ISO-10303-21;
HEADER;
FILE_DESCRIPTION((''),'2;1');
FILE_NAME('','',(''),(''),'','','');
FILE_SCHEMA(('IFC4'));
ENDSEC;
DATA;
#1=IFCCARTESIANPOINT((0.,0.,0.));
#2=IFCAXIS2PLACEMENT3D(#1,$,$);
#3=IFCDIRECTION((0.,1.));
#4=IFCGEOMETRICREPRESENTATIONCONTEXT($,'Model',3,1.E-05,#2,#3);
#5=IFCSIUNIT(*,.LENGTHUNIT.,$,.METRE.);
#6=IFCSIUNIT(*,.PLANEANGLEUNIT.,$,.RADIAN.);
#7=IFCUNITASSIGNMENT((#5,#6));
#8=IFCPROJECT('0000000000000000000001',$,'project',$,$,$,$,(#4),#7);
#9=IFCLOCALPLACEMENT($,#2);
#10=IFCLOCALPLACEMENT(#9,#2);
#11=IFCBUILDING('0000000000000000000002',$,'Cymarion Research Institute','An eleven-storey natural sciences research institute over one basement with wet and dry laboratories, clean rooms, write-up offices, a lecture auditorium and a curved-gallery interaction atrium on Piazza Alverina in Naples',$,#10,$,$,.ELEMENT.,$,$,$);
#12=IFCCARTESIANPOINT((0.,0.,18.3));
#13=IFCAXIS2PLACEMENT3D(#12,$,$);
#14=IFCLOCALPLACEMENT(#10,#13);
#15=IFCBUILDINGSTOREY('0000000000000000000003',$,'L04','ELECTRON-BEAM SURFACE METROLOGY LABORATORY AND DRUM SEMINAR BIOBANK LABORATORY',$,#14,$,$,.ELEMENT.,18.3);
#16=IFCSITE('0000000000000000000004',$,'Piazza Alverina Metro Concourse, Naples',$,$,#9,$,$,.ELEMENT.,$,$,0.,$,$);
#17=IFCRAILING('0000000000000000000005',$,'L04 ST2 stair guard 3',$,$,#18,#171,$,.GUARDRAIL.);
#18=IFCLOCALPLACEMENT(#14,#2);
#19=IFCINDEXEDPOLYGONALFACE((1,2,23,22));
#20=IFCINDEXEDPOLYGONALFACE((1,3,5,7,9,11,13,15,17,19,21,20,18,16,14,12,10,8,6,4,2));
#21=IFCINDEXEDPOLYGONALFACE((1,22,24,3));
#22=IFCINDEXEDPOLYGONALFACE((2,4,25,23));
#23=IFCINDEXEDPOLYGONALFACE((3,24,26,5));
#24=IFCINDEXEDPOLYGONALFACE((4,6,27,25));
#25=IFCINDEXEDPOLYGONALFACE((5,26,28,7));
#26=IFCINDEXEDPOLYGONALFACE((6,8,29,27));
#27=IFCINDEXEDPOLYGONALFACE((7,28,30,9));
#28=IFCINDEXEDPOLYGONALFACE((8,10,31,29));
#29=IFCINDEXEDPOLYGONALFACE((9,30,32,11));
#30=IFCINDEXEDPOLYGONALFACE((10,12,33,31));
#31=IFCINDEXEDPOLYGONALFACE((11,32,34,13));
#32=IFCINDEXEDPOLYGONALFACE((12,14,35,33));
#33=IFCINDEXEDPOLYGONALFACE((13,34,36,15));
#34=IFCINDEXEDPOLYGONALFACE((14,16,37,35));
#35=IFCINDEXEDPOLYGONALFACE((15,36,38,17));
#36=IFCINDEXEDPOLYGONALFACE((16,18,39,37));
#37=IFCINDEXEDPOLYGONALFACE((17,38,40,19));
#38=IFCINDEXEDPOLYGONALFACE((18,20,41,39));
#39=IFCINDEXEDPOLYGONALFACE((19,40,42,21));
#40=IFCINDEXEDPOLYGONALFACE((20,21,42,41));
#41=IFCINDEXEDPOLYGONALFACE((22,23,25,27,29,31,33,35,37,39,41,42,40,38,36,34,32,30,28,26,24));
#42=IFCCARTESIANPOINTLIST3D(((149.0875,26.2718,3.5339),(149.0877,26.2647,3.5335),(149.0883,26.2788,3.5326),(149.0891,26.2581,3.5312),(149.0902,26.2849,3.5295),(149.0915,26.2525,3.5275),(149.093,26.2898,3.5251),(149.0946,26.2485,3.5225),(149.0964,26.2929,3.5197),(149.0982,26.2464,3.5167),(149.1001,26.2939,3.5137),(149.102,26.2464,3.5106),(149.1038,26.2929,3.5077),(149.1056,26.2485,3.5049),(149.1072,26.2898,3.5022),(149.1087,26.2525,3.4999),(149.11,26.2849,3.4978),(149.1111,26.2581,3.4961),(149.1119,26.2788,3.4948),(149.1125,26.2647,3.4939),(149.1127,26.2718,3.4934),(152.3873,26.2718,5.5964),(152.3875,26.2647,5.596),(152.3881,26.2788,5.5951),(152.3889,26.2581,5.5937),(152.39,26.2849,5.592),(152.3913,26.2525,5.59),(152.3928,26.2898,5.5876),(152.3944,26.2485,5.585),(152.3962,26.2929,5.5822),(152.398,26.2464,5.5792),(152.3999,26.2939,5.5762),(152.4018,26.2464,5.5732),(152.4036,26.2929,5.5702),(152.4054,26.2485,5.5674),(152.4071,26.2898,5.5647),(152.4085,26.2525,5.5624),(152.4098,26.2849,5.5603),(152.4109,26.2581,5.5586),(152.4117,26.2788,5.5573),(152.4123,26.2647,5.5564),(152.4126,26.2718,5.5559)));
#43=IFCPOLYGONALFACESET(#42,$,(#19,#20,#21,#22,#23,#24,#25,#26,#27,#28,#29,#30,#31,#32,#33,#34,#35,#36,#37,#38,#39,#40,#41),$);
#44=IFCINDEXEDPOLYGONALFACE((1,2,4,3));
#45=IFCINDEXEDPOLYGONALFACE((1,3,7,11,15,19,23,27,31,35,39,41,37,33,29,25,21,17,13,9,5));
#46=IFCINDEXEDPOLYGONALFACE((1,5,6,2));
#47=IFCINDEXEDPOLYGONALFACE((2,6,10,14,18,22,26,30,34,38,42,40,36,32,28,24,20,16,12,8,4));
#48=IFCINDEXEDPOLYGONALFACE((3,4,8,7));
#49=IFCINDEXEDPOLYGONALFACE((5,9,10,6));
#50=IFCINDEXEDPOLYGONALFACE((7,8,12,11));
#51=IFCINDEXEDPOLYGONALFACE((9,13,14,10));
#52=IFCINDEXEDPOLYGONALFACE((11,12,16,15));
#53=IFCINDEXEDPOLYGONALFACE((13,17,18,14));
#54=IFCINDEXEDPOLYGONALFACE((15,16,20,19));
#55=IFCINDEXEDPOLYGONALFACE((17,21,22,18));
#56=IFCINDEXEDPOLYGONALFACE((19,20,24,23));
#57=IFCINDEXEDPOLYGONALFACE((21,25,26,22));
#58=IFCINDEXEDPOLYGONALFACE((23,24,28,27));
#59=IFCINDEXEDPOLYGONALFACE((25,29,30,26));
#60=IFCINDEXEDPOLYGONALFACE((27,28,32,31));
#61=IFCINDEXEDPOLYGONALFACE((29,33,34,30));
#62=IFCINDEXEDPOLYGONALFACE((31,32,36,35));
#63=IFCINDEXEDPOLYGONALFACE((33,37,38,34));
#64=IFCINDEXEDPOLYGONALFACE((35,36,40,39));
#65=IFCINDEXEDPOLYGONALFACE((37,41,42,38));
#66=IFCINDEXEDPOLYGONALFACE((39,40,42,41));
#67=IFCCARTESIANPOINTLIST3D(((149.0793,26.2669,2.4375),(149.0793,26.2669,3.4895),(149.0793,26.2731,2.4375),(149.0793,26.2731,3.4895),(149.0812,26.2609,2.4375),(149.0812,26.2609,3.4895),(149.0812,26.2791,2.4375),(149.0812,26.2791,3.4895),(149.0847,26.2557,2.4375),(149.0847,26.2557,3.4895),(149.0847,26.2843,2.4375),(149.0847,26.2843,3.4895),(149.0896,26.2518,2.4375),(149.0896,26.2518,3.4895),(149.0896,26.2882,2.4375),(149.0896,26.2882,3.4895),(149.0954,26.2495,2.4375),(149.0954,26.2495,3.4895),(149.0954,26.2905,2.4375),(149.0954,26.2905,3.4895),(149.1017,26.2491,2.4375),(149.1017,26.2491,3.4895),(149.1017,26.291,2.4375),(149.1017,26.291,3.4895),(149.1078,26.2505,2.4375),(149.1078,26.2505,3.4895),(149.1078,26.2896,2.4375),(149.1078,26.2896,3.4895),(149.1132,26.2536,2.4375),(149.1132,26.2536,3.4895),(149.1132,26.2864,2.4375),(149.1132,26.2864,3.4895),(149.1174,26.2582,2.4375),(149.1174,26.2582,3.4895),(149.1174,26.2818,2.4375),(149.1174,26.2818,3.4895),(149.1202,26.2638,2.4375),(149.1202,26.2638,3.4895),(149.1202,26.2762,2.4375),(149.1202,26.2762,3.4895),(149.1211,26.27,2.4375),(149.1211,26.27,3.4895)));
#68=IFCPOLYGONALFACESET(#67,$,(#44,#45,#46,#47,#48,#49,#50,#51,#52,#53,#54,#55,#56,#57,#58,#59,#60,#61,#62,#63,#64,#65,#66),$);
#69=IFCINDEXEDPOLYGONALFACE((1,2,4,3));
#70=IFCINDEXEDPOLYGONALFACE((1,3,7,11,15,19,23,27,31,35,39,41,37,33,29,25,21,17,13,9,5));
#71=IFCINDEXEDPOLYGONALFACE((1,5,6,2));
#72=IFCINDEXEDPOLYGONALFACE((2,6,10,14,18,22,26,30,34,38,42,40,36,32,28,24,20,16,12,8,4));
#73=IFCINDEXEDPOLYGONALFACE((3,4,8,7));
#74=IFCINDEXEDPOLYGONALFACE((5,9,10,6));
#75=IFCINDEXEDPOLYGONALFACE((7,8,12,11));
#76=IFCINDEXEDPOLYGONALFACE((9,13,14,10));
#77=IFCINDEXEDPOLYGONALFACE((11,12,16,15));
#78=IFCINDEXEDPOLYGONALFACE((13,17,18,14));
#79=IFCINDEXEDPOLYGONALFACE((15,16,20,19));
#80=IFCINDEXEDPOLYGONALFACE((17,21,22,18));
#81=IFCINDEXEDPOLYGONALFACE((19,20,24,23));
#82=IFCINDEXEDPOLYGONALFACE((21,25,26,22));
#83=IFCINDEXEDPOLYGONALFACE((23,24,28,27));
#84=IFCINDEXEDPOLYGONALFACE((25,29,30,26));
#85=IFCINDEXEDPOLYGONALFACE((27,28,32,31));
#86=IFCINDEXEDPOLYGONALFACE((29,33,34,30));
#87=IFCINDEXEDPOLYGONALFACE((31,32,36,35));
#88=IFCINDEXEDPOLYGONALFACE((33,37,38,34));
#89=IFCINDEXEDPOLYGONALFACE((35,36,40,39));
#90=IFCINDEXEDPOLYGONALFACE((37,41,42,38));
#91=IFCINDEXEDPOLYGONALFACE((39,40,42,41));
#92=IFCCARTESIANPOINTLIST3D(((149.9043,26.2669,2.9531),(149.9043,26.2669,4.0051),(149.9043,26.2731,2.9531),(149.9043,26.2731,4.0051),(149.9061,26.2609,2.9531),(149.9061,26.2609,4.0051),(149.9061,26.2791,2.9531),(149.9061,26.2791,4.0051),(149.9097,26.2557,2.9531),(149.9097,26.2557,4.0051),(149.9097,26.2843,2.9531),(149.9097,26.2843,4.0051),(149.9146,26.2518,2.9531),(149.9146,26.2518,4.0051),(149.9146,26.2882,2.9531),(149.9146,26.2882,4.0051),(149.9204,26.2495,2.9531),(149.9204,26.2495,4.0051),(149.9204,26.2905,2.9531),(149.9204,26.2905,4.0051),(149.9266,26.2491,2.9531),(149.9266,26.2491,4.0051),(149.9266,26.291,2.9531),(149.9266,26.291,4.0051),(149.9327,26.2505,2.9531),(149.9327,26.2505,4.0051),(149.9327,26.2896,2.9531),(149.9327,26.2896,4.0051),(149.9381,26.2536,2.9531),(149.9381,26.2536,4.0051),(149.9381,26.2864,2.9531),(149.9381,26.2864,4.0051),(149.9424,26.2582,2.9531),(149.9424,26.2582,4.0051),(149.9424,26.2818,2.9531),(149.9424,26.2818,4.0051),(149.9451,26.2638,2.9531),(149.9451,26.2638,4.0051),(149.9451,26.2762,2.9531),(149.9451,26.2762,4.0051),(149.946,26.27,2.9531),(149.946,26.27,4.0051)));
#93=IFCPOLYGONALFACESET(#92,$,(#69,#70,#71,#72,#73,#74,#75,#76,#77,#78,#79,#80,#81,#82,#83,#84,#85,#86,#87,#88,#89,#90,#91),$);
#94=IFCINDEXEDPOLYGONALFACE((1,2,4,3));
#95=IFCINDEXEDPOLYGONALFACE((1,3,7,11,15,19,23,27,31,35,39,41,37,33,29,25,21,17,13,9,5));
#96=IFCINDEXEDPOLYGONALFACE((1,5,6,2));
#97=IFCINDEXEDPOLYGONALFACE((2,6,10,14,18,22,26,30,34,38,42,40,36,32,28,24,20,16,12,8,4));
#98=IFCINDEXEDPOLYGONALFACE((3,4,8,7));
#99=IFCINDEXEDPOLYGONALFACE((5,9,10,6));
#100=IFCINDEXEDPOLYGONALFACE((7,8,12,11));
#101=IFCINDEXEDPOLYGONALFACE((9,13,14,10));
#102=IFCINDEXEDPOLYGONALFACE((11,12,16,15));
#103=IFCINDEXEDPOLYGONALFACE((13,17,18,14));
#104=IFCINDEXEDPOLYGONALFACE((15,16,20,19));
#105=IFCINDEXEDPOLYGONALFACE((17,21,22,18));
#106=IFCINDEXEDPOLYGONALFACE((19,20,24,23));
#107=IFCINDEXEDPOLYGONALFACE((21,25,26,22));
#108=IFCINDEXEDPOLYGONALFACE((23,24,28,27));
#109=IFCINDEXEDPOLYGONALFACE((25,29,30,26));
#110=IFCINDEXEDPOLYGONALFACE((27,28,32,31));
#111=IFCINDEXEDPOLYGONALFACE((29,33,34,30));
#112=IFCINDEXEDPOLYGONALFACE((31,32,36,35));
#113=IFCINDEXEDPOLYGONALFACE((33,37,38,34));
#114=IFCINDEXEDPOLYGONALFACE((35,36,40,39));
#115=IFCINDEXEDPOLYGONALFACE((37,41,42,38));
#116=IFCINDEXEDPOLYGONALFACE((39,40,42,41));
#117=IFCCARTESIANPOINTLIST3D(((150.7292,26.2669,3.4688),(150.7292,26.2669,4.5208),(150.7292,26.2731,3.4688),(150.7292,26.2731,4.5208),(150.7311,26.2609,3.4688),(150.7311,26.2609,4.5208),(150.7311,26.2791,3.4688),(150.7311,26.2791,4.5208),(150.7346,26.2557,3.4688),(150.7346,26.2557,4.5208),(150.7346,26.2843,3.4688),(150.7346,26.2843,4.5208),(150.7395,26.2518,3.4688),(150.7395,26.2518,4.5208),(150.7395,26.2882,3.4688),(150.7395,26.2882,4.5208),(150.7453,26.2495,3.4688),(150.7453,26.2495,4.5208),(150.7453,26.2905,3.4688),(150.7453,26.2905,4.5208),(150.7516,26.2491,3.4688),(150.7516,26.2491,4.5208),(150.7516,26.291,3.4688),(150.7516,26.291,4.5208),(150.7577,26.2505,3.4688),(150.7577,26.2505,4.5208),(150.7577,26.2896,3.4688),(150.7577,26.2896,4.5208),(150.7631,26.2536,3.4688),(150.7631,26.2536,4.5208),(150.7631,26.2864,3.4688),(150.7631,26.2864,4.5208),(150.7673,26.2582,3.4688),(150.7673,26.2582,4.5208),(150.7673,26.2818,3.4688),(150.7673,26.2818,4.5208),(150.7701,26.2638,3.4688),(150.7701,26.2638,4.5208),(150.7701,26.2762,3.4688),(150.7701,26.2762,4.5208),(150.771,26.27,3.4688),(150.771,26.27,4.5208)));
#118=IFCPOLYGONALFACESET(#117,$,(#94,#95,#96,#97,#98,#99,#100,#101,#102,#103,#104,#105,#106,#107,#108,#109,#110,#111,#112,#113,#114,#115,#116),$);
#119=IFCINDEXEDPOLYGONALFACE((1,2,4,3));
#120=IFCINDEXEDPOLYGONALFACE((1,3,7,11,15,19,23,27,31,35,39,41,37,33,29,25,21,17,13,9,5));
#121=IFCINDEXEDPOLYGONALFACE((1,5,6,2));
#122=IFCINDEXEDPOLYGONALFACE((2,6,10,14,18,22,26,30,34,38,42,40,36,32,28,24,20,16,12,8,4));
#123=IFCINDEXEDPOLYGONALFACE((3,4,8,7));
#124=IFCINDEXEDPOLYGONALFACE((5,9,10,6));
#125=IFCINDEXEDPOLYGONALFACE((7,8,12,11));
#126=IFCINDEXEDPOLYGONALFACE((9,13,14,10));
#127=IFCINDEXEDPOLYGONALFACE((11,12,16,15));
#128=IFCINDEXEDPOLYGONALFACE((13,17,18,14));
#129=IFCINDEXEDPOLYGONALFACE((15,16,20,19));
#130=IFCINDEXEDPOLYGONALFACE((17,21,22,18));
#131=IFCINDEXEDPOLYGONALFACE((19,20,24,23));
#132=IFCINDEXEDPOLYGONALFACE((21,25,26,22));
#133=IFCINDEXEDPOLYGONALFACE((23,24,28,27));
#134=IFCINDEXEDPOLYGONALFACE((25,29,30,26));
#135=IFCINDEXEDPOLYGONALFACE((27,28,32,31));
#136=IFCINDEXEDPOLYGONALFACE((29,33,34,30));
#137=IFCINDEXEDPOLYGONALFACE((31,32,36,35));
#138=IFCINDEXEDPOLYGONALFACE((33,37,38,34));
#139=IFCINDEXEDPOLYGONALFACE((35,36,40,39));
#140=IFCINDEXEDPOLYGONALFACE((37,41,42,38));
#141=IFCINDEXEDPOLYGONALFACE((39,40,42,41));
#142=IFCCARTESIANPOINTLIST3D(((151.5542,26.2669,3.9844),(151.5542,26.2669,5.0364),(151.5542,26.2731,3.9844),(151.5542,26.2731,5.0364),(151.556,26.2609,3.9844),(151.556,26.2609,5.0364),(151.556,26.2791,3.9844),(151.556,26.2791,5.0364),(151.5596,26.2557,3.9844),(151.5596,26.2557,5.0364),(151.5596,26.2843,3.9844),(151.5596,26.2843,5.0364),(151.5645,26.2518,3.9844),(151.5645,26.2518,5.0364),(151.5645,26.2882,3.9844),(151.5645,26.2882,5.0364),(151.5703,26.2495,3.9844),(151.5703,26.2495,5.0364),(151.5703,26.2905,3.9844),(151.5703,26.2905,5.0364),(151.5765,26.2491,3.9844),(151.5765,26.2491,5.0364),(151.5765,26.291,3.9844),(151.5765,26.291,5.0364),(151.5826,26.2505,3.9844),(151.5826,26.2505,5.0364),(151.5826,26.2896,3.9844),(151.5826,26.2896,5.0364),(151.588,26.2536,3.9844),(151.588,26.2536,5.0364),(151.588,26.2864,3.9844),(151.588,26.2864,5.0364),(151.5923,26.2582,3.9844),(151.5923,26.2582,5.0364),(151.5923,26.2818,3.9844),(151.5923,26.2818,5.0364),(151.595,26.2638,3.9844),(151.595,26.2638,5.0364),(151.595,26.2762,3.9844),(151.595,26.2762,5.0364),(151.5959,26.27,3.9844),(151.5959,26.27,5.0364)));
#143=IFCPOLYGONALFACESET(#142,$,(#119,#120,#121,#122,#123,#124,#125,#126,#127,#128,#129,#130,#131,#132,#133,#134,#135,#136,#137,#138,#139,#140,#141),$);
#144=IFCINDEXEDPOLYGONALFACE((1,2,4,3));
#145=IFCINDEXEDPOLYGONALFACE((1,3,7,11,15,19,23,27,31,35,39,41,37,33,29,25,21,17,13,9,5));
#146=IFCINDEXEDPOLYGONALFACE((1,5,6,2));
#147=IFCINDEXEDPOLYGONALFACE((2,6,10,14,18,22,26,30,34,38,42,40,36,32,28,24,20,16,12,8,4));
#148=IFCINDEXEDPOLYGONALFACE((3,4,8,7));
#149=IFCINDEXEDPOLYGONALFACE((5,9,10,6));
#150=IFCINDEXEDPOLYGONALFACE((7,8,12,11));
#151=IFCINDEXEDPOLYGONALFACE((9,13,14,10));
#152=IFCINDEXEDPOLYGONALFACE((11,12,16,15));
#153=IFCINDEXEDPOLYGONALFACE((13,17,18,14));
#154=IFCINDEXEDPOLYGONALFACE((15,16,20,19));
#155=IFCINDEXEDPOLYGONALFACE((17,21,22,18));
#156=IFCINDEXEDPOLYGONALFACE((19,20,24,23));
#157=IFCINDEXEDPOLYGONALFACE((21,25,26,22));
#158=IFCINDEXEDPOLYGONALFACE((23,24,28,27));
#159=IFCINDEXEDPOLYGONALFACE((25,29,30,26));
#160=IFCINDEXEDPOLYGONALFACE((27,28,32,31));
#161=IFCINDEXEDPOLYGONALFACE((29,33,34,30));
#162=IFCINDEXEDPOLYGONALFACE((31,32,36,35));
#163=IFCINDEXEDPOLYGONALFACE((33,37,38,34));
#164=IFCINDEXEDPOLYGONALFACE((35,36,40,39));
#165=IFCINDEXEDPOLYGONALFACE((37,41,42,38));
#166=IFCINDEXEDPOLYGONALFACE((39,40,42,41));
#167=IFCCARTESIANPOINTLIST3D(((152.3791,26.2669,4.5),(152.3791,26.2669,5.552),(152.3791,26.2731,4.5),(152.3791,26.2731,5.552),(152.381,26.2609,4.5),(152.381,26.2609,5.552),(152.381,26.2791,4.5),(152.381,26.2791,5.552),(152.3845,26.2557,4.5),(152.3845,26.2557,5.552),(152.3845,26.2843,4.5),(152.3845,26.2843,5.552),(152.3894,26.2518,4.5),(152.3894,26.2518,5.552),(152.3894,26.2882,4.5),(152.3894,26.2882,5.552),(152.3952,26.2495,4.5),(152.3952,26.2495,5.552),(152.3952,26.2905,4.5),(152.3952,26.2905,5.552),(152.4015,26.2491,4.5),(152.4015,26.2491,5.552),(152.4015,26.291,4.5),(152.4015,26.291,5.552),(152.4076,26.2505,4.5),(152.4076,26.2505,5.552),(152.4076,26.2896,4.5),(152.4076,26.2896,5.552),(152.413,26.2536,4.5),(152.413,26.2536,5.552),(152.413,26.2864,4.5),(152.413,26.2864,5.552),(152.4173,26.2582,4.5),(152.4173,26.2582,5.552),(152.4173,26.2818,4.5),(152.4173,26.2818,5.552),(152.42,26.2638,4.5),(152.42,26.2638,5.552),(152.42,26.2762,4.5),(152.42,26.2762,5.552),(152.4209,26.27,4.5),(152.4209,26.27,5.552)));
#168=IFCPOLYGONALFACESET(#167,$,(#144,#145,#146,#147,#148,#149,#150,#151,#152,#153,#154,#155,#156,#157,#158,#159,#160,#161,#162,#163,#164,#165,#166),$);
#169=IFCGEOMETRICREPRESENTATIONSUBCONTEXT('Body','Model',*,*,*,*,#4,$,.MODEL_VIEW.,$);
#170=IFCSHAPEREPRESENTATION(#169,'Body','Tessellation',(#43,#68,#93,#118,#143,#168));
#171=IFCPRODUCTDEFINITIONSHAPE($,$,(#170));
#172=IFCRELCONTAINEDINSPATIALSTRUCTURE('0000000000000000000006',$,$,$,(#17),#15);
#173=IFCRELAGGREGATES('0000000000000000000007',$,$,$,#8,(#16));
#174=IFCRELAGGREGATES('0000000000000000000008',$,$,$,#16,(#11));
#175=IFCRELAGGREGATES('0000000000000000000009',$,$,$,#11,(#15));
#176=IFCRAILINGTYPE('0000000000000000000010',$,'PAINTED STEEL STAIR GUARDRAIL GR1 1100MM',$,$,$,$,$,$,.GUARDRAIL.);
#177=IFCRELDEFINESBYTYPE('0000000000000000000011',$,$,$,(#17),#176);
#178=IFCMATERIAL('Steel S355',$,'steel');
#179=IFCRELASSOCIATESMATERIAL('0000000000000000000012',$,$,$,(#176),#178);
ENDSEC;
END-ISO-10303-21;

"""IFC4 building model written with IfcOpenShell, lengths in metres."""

from ifc_helpers import new_model, si_unit, direction, frame, origin, origin_2d, place, context, subcontext, project, spatial, circle, extrude, material, type_object, element, save


model = new_model("IFC4")

# Units and contexts
model_context = context("Model", 3, precision=1e-05, world=origin(), true_north=direction((0.0, 1.0)))
body_context = subcontext(model_context, "Body", "Model", "MODEL_VIEW")
ifc_project = project(units=[si_unit("LENGTHUNIT", "METRE"), si_unit("PLANEANGLEUNIT", "RADIAN")], contexts=[model_context])

# Site, building, storey
site_placement = place(None, origin())
site = spatial("IfcSite", under=ifc_project, at=site_placement, Name="Piazza Alverina Metro Concourse, Naples", CompositionType="ELEMENT", RefElevation=0.0)
building_placement = place(site_placement, origin())
building = spatial("IfcBuilding", under=site, at=building_placement, Name="Cymarion Research Institute", Description="An eleven-storey natural sciences research institute over one basement with wet and dry laboratories, clean rooms, write-up offices, a lecture auditorium and a curved-gallery interaction atrium on Piazza Alverina in Naples", CompositionType="ELEMENT")
storey_placement = place(building_placement, frame((0.0, 0.0, 18.3)))
storey = spatial("IfcBuildingStorey", under=building, at=storey_placement, Name="L04", Description="ELECTRON-BEAM SURFACE METROLOGY LABORATORY AND DRUM SEMINAR BIOBANK LABORATORY", CompositionType="ELEMENT", Elevation=18.3)

# Shared definitions
ifc_material_1 = material(Name="Steel S355", Category="steel")

# Railing
railing_type_1 = type_object("IfcRailingType", Name="PAINTED STEEL STAIR GUARDRAIL GR1 1100MM", PredefinedType="GUARDRAIL", material=ifc_material_1)
railing_1_placement = place(storey_placement, frame((149.1001, 26.27, 2.4375)))
element("IfcRailing", 1, at=railing_1_placement, inside=storey, type_object=railing_type_1, Name="L04 ST2 stair guard 3", PredefinedType="GUARDRAIL", context=body_context, shape_type="SweptSolid", body=[
    extrude(circle(Radius=0.0239, at=origin_2d()), frame((0.0, 0.0, 1.0762), z_axis=(0.847984, 0.0, 0.530021), x_axis=(0.0, 1.0, 0.0)), (0.0, 0.0, 1.0), 3.8914),
    extrude(circle(Radius=0.021, at=origin_2d()), origin(), (0.0, 0.0, 1.0), 1.052),
    extrude(circle(Radius=0.021, at=origin_2d()), frame((0.825, 0.0, 0.5156)), (0.0, 0.0, 1.0), 1.052),
    extrude(circle(Radius=0.021, at=origin_2d()), frame((1.6499, 0.0, 1.0312)), (0.0, 0.0, 1.0), 1.052),
    extrude(circle(Radius=0.021, at=origin_2d()), frame((2.4749, 0.0, 1.5469)), (0.0, 0.0, 1.0), 1.052),
    extrude(circle(Radius=0.021, at=origin_2d()), frame((3.2998, 0.0, 2.0625)), (0.0, 0.0, 1.0), 1.052),
])

save(model, "model.ifc")
